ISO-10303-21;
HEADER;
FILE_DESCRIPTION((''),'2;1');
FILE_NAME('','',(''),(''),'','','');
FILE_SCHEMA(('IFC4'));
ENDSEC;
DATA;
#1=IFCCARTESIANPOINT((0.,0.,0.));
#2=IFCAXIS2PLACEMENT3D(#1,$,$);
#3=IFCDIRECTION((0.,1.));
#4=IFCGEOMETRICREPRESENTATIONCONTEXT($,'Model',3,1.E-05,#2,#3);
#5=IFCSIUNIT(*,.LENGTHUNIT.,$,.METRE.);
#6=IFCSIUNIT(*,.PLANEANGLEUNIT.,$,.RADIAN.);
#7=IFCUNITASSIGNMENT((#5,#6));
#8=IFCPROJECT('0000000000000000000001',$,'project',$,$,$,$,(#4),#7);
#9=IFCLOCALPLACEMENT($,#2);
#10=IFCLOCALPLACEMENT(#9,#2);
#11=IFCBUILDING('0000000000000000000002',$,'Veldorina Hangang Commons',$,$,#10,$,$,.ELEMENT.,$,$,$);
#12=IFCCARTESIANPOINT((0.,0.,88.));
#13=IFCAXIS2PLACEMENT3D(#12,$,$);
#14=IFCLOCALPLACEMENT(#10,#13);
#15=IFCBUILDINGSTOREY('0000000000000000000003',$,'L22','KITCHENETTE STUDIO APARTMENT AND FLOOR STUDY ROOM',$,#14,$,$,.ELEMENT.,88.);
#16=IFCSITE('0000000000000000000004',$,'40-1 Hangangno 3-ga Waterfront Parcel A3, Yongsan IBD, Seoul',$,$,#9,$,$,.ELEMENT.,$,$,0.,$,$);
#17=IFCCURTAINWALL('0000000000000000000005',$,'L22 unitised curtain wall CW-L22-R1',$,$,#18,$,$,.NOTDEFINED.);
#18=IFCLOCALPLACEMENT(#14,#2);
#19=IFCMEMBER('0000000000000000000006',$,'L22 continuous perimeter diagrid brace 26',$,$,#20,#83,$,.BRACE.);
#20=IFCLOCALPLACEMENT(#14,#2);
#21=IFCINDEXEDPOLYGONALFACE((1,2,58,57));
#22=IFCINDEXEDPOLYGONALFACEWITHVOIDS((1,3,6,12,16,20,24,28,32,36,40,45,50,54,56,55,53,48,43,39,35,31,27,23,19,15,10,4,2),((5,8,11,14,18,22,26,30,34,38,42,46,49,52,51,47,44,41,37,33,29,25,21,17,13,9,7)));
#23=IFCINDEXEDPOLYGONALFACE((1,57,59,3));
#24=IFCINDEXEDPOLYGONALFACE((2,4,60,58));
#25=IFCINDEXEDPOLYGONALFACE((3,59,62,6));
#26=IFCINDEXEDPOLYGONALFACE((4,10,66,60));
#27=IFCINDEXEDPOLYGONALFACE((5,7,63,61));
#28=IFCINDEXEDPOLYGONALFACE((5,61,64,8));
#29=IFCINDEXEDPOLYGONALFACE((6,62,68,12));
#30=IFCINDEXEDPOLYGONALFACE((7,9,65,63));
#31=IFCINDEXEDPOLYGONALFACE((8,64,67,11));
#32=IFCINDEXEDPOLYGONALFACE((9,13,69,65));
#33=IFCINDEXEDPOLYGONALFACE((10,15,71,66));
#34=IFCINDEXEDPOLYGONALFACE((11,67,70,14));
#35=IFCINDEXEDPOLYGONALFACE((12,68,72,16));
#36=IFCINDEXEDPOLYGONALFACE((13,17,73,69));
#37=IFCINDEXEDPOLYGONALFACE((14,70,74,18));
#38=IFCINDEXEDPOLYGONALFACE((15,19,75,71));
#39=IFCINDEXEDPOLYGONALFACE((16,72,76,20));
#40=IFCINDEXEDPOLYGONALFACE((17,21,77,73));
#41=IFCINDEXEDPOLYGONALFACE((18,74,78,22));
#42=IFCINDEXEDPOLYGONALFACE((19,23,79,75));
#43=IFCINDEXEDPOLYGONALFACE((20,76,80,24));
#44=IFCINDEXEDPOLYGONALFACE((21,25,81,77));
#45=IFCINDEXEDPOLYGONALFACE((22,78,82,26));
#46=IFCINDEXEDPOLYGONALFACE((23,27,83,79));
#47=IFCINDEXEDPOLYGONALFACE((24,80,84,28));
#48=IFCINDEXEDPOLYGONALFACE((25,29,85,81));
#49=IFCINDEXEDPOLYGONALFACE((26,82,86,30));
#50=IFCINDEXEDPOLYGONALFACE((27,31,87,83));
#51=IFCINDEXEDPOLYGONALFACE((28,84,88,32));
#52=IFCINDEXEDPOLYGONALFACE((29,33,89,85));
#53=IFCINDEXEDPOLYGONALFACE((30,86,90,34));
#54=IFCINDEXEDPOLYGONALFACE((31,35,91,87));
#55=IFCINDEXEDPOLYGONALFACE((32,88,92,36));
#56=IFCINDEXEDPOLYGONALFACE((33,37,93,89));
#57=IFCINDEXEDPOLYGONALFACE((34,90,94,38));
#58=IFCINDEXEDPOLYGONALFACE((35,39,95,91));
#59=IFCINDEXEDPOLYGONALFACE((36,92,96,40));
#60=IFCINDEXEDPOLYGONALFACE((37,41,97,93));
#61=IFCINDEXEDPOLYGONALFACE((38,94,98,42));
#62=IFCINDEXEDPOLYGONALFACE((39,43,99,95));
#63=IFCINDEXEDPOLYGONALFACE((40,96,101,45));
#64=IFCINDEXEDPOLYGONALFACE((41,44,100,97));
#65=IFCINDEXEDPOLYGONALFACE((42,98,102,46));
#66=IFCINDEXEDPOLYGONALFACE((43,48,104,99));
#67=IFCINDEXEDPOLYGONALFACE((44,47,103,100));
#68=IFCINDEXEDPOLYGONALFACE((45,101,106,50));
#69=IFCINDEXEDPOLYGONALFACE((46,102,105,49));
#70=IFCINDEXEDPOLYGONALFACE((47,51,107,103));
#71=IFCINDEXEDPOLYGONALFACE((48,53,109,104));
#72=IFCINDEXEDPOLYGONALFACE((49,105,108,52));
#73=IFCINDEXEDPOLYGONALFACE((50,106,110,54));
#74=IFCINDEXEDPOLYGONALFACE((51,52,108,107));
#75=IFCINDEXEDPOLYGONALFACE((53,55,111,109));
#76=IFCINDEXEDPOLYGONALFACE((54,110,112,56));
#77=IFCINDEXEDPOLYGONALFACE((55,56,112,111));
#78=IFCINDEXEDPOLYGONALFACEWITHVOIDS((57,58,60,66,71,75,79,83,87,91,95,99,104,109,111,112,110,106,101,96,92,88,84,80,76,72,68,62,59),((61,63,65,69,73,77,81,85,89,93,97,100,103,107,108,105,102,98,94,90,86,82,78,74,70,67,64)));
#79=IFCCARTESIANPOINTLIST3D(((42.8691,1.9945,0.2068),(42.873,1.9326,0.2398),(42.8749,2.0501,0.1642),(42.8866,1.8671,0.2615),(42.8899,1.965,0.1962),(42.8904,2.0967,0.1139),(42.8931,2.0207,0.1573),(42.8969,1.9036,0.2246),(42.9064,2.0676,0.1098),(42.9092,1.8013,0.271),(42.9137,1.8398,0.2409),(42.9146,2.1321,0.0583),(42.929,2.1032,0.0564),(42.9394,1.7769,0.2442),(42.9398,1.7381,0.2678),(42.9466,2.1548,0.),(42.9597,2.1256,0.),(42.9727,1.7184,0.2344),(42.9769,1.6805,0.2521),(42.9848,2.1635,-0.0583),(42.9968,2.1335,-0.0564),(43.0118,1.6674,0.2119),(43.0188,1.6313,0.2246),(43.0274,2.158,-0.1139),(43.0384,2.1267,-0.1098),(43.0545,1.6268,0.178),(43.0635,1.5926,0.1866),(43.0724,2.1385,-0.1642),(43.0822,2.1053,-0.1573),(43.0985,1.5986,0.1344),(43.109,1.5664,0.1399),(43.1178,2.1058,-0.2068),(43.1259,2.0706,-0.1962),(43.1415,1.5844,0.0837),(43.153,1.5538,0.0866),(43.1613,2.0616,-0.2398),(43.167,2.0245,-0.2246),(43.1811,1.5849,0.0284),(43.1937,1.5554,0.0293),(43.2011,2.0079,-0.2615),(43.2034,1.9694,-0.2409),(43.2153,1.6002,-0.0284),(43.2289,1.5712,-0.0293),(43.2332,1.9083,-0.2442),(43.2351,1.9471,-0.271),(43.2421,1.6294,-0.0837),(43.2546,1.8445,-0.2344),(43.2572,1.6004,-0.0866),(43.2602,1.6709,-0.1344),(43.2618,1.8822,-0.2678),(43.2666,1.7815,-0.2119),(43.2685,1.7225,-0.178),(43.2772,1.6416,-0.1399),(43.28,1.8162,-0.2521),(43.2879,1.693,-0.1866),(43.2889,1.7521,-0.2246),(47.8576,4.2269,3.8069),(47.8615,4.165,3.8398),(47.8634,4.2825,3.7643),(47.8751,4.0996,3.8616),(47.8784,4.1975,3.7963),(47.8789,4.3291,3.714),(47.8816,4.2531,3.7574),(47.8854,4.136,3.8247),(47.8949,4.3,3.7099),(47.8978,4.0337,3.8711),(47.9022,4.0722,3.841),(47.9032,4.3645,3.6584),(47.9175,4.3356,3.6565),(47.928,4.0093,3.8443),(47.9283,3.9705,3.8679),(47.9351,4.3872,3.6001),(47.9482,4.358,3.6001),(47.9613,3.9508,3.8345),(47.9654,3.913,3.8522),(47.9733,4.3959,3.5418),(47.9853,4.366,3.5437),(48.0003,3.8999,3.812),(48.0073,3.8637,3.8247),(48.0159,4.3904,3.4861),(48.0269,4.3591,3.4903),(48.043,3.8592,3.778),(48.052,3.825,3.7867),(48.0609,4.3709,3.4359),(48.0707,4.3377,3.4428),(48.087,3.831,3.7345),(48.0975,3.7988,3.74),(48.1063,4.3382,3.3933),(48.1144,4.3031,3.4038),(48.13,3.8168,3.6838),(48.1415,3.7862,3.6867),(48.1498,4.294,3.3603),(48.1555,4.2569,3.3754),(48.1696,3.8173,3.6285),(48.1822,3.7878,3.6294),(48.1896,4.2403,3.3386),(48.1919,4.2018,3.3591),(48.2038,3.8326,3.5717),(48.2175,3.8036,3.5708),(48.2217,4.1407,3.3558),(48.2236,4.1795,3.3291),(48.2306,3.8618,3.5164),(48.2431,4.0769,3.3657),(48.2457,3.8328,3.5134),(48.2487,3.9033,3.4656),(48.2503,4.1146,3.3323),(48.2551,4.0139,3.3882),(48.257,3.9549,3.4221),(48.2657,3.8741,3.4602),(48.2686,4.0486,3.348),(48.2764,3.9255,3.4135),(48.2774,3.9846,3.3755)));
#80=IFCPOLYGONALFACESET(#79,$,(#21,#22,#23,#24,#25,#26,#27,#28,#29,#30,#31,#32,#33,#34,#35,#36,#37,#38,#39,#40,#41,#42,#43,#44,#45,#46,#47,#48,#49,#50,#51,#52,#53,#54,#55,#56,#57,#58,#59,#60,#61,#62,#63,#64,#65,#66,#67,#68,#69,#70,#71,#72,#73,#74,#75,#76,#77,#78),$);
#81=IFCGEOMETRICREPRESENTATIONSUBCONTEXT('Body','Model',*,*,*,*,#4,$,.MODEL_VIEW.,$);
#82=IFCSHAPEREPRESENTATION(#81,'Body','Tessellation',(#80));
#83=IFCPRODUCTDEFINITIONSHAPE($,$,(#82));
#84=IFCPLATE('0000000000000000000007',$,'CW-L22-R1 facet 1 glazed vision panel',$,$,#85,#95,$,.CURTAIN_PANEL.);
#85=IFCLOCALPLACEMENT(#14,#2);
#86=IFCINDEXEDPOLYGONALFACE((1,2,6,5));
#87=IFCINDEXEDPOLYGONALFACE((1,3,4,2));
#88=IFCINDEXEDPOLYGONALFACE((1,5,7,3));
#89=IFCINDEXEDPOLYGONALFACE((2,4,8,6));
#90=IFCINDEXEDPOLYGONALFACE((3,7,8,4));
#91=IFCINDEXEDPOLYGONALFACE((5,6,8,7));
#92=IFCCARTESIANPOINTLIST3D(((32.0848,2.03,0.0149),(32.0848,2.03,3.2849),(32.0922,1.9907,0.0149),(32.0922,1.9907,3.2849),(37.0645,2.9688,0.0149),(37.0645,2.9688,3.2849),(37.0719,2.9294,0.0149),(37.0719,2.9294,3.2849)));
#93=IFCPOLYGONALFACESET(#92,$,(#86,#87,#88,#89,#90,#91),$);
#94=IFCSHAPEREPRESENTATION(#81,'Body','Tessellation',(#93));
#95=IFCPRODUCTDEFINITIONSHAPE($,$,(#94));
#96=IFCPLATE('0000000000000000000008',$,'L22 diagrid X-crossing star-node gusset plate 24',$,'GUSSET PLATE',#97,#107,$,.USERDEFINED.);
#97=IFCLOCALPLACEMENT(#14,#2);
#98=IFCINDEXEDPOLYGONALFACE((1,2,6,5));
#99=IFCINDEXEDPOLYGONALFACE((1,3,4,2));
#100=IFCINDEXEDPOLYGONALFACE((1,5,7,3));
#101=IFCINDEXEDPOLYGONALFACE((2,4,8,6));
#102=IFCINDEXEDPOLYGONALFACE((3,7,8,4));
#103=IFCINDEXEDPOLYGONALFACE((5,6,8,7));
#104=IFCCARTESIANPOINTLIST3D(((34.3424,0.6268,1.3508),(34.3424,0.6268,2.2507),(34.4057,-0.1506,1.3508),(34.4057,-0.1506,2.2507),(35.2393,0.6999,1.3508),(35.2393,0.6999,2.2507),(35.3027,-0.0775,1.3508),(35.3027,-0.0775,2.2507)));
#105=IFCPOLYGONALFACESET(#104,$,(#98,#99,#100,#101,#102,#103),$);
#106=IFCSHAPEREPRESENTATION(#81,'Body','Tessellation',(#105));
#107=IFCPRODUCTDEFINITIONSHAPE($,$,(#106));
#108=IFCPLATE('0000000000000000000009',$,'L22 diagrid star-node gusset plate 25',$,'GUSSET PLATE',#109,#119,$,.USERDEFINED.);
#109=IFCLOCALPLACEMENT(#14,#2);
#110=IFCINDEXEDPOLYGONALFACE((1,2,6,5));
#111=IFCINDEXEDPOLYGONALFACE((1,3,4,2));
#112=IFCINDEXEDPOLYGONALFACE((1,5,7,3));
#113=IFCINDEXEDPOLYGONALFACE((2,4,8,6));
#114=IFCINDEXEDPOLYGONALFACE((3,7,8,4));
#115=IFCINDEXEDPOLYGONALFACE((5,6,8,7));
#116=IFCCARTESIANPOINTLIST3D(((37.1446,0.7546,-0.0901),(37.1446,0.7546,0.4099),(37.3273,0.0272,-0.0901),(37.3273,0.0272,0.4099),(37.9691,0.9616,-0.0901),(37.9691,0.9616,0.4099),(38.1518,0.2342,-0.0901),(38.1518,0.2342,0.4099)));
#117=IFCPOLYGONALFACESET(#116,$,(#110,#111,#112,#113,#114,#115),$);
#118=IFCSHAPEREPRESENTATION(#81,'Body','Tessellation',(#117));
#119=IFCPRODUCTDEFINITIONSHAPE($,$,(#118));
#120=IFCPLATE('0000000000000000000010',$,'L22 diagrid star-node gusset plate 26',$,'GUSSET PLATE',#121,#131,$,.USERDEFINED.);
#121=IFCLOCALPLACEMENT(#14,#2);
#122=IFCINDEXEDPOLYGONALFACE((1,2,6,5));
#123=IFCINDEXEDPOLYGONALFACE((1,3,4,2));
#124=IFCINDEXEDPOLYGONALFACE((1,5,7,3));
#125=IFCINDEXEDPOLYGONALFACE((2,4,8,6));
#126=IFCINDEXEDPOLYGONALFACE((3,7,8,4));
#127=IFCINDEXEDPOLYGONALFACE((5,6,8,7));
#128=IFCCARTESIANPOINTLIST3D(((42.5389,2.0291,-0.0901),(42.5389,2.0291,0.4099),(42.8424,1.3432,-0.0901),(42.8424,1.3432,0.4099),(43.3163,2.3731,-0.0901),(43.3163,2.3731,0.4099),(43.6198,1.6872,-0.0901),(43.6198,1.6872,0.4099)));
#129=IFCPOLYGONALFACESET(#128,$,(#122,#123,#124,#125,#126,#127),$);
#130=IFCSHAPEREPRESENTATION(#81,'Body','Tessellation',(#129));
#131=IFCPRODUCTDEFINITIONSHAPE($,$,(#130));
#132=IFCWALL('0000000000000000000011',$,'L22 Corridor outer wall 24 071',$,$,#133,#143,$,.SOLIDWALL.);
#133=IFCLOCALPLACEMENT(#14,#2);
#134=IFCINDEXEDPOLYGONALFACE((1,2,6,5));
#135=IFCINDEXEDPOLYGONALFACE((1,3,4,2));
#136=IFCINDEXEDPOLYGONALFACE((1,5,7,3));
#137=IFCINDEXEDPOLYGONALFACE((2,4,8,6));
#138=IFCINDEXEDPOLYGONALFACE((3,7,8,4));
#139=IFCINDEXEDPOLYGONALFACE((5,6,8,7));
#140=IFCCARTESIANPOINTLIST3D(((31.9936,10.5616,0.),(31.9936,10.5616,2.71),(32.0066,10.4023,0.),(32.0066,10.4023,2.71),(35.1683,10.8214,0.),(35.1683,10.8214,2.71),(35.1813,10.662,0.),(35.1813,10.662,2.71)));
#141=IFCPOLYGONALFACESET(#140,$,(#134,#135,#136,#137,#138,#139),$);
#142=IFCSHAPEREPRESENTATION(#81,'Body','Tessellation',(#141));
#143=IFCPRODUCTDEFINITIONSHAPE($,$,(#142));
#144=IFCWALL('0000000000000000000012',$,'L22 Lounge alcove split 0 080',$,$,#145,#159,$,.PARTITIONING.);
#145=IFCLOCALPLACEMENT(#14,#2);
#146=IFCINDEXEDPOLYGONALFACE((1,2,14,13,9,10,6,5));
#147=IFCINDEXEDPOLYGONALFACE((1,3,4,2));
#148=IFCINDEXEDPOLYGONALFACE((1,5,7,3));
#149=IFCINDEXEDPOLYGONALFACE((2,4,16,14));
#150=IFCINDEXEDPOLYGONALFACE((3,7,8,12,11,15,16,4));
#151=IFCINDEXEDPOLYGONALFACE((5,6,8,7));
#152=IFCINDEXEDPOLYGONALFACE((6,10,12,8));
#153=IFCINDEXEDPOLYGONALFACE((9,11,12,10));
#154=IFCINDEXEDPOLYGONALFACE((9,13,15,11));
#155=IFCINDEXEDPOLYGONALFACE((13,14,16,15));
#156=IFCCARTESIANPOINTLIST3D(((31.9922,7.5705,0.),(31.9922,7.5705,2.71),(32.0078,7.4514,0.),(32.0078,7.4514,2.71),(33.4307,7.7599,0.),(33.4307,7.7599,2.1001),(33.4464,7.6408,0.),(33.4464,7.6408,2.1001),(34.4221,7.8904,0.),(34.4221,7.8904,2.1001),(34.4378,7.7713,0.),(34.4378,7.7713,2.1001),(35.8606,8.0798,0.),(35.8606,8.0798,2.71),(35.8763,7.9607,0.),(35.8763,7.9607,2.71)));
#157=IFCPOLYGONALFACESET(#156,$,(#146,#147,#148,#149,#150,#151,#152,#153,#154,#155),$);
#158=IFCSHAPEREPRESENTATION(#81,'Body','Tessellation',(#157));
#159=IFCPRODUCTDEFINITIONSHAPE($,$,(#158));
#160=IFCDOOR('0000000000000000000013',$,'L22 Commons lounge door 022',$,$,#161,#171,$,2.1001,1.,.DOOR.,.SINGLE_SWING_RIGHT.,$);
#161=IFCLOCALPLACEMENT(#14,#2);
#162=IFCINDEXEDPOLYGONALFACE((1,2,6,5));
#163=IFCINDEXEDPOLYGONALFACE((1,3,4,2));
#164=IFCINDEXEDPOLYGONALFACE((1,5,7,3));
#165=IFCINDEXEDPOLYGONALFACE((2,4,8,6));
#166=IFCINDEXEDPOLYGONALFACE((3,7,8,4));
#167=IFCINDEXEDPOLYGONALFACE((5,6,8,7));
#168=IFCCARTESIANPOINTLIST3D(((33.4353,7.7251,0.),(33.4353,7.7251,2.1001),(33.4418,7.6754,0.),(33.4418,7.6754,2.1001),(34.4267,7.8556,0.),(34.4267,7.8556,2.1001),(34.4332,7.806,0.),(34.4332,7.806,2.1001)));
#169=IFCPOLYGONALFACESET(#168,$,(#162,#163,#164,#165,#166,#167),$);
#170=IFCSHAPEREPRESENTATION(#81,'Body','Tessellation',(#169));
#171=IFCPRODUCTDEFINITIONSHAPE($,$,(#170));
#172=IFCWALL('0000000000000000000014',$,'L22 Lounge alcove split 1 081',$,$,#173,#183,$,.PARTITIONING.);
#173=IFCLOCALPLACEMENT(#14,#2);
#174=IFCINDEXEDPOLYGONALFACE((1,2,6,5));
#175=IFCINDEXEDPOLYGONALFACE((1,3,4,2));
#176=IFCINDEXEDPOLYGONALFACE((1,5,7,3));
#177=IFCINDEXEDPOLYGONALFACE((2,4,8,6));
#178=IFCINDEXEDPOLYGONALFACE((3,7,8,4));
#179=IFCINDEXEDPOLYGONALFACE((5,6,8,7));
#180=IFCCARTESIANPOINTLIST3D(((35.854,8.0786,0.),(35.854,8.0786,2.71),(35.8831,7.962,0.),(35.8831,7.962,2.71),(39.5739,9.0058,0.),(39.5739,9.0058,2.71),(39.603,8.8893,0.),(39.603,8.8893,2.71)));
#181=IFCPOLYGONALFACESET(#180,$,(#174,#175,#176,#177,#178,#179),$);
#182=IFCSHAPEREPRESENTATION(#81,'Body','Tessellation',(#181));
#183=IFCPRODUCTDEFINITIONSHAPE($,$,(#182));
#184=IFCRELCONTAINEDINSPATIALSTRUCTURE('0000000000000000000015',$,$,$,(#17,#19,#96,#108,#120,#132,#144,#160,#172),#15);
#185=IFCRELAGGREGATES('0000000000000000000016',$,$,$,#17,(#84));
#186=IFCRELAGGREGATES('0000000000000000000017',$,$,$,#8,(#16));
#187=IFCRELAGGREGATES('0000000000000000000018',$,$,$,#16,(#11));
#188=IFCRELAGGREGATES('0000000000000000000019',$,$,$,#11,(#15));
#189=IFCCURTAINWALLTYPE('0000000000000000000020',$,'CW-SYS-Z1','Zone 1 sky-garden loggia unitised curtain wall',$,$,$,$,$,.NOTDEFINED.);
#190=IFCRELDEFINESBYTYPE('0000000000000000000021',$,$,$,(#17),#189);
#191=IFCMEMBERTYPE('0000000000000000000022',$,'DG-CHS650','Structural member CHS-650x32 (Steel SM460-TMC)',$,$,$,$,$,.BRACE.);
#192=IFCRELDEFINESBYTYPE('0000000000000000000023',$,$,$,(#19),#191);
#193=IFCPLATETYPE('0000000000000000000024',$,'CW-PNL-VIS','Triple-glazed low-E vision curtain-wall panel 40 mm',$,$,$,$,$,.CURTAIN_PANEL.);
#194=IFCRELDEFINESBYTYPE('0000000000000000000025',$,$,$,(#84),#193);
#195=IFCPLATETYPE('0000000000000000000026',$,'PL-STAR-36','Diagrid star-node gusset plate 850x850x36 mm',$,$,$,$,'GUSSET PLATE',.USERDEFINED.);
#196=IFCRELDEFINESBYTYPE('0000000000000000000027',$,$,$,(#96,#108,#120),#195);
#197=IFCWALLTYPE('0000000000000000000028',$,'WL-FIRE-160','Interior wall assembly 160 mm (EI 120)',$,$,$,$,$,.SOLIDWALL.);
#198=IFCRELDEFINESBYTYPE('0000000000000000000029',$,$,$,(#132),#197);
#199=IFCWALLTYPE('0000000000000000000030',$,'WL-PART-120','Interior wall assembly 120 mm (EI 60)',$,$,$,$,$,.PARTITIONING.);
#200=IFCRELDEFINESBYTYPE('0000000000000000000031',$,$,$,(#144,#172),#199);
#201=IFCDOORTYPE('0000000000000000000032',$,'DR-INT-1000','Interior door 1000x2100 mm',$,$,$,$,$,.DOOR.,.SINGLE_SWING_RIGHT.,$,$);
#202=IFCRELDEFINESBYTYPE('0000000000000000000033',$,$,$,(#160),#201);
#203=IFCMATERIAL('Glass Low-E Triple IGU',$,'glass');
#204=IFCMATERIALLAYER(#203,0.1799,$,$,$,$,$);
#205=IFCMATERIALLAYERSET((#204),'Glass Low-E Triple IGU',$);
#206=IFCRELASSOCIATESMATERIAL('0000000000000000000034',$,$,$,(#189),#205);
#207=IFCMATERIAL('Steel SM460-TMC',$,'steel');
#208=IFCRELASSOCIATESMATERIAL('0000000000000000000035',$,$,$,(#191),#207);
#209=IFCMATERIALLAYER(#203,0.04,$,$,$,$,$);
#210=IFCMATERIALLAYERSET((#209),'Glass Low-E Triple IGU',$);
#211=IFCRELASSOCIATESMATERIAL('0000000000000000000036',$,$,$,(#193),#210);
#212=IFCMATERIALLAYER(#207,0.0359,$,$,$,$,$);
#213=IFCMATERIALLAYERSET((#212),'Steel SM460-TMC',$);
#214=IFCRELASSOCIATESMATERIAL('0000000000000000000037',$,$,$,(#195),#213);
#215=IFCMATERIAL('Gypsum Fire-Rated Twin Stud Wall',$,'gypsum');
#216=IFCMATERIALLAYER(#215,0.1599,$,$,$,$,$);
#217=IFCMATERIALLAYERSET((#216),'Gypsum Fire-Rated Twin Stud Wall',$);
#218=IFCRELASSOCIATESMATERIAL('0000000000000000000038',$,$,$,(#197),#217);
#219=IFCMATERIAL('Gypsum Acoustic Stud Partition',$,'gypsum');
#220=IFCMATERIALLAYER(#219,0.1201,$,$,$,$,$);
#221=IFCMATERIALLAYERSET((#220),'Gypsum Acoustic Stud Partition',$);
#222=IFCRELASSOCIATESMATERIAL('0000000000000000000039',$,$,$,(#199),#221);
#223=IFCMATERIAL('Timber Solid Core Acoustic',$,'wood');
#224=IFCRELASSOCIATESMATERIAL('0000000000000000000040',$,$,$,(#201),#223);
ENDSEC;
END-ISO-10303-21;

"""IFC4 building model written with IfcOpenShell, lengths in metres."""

from ifc_helpers import new_model, si_unit, direction, frame, frame_2d, origin, origin_2d, place, context, subcontext, project, spatial, rectangle, hollow_circle, extrude, material, layer, layer_set, material_profile, profile_set, type_object, element, fill, aggregate, save


model = new_model("IFC4")

# Units and contexts
model_context = context("Model", 3, precision=1e-05, world=origin(), true_north=direction((0.0, 1.0)))
body_context = subcontext(model_context, "Body", "Model", "MODEL_VIEW")
ifc_project = project(units=[si_unit("LENGTHUNIT", "METRE"), si_unit("PLANEANGLEUNIT", "RADIAN")], contexts=[model_context])

# Site, building, storey
site_placement = place(None, origin())
site = spatial("IfcSite", under=ifc_project, at=site_placement, Name="40-1 Hangangno 3-ga Waterfront Parcel A3, Yongsan IBD, Seoul", CompositionType="ELEMENT", RefElevation=0.0)
building_placement = place(site_placement, origin())
building = spatial("IfcBuilding", under=site, at=building_placement, Name="Veldorina Hangang Commons", CompositionType="ELEMENT")
storey_placement = place(building_placement, frame((0.0, 0.0, 88.0)))
storey = spatial("IfcBuildingStorey", under=building, at=storey_placement, Name="L22", Description="KITCHENETTE STUDIO APARTMENT AND FLOOR STUDY ROOM", CompositionType="ELEMENT", Elevation=88.0)

# Curtain wall
ifc_material_1 = material(Name="Glass Low-E Triple IGU", Category="glass")
ifc_layer_1 = layer(ifc_material_1, 0.1799)
ifc_layer_set_1 = layer_set([ifc_layer_1], Name="Glass Low-E Triple IGU")
curtain_wall_type = type_object("IfcCurtainWallType", Name="CW-SYS-Z1", Description="Zone 1 sky-garden loggia unitised curtain wall", PredefinedType="NOTDEFINED", material=ifc_layer_set_1)
curtain_wall_1_placement = place(storey_placement, origin())
curtain_wall_1 = element("IfcCurtainWall", 1, at=curtain_wall_1_placement, inside=storey, type_object=curtain_wall_type, Name="L22 unitised curtain wall CW-L22-R1", PredefinedType="NOTDEFINED")

# Member
ifc_material_2 = material(Name="Steel SM460-TMC", Category="steel")
ifc_material_profile_1 = material_profile(ifc_material_2, hollow_circle(Radius=0.325, WallThickness=0.032, at=origin_2d()), Name="CHS-650x32")
ifc_profile_set_1 = profile_set([ifc_material_profile_1], Name="Steel SM460-TMC")
member_type_1 = type_object("IfcMemberType", Name="DG-CHS650", Description="Structural member CHS-650x32 (Steel SM460-TMC)", PredefinedType="BRACE", material=ifc_profile_set_1)
member_1_placement = place(storey_placement, frame((43.0793, 1.8582, 0.0), z_axis=(0.762253, 0.341117, 0.5501), x_axis=(-0.408475, 0.91277, 0.0)))
element("IfcMember", 2, at=member_1_placement, inside=storey, type_object=member_type_1, Name="L22 continuous perimeter diagrid brace 26", PredefinedType="BRACE", context=body_context, shape_type="SweptSolid", body=[
    extrude(hollow_circle(Radius=0.325, WallThickness=0.032, at=origin_2d()), origin(), (0.0, 0.0, 1.0), 6.5444),
])

# Plate
ifc_layer_2 = layer(ifc_material_1, 0.04)
ifc_layer_set_2 = layer_set([ifc_layer_2], Name="Glass Low-E Triple IGU")
plate_type_1 = type_object("IfcPlateType", Name="CW-PNL-VIS", Description="Triple-glazed low-E vision curtain-wall panel 40 mm", PredefinedType="CURTAIN_PANEL", material=ifc_layer_set_2)
plate_1_placement = place(storey_placement, frame((34.5784, 2.4797, 0.0149), z_axis=(0.0, 0.0, 1.0), x_axis=(0.98269, 0.185255, 0.0)))
plate_1 = element("IfcPlate", 3, at=plate_1_placement, type_object=plate_type_1, Name="CW-L22-R1 facet 1 glazed vision panel", PredefinedType="CURTAIN_PANEL", context=body_context, shape_type="SweptSolid", body=[
    extrude(rectangle(XDim=5.0674, YDim=0.04, at=origin_2d()), origin(), (0.0, 0.0, 1.0), 3.27),
])
aggregate(curtain_wall_1, [plate_1])

# Plates
ifc_layer_3 = layer(ifc_material_2, 0.0359)
ifc_layer_set_3 = layer_set([ifc_layer_3], Name="Steel SM460-TMC")
plate_type_2 = type_object("IfcPlateType", Name="PL-STAR-36", Description="Diagrid star-node gusset plate 850x850x36 mm", ElementType="GUSSET PLATE", PredefinedType="USERDEFINED", material=ifc_layer_set_3)
plate_2_placement = place(storey_placement, frame((34.8225, 0.2747, 1.3508), z_axis=(0.0, 0.0, 1.0), x_axis=(0.996693, 0.08126, 0.0)))
element("IfcPlate", 4, at=plate_2_placement, inside=storey, type_object=plate_type_2, Name="L22 diagrid X-crossing star-node gusset plate 24", ObjectType="GUSSET PLATE", PredefinedType="USERDEFINED", context=body_context, shape_type="SweptSolid", body=[
    extrude(rectangle(XDim=0.8999, YDim=0.78, at=origin_2d()), origin(), (0.0, 0.0, 1.0), 0.8999),
])
for number, where, z_axis, x_axis, name in (
    (5, (37.6482, 0.4944, -0.0901), (0.0, 0.0, 1.0), (0.969889, 0.243547, 0.0), "L22 diagrid star-node gusset plate 25"),
    (6, (43.0793, 1.8582, -0.0901), (0.0, 0.0, 1.0), (0.91448, 0.404631, 0.0), "L22 diagrid star-node gusset plate 26"),
):
    element("IfcPlate", number, at=place(storey_placement, frame(where, z_axis=z_axis, x_axis=x_axis)), inside=storey, type_object=plate_type_2, Name=name, ObjectType="GUSSET PLATE", PredefinedType="USERDEFINED", context=body_context, shape_type="SweptSolid", body=[
        extrude(rectangle(XDim=0.8501, YDim=0.75, at=origin_2d()), origin(), (0.0, 0.0, 1.0), 0.5),
    ])

# Wall
ifc_material_3 = material(Name="Gypsum Fire-Rated Twin Stud Wall", Category="gypsum")
ifc_layer_4 = layer(ifc_material_3, 0.1599)
ifc_layer_set_4 = layer_set([ifc_layer_4], Name="Gypsum Fire-Rated Twin Stud Wall")
wall_type_1 = type_object("IfcWallType", Name="WL-FIRE-160", Description="Interior wall assembly 160 mm (EI 120)", PredefinedType="SOLIDWALL", material=ifc_layer_set_4)
wall_1_placement = place(storey_placement, frame((32.0, 10.4819, 0.0), z_axis=(0.0, 0.0, 1.0), x_axis=(0.996669, 0.081548, 0.0)))
element("IfcWall", 7, at=wall_1_placement, inside=storey, type_object=wall_type_1, Name="L22 Corridor outer wall 24 071", PredefinedType="SOLIDWALL", context=body_context, shape_type="SweptSolid", body=[
    extrude(rectangle(XDim=3.1853, YDim=0.1599, at=frame_2d((1.5928, 0.0))), origin(), (0.0, 0.0, 1.0), 2.71),
])

# Wall, opening, door
ifc_material_4 = material(Name="Gypsum Acoustic Stud Partition", Category="gypsum")
ifc_layer_5 = layer(ifc_material_4, 0.1201)
ifc_layer_set_5 = layer_set([ifc_layer_5], Name="Gypsum Acoustic Stud Partition")
wall_type_2 = type_object("IfcWallType", Name="WL-PART-120", Description="Interior wall assembly 120 mm (EI 60)", PredefinedType="PARTITIONING", material=ifc_layer_set_5)
wall_2_placement = place(storey_placement, frame((32.0, 7.511, 0.0), z_axis=(0.0, 0.0, 1.0), x_axis=(0.991445, 0.130524, 0.0)))
wall_2 = element("IfcWall", 8, at=wall_2_placement, inside=storey, type_object=wall_type_2, Name="L22 Lounge alcove split 0 080", PredefinedType="PARTITIONING", context=body_context, shape_type="SweptSolid", body=[
    extrude(rectangle(XDim=3.9019, YDim=0.1201, at=frame_2d((1.9509, 0.0))), origin(), (0.0, 0.0, 1.0), 2.71),
])
opening_1_placement = place(wall_2_placement, frame((1.4509, 0.0, 0.0)))
opening_1 = element("IfcOpeningElement", 9, at=opening_1_placement, cuts=wall_2, PredefinedType="OPENING", context=body_context, shape_type="SweptSolid", body=[
    extrude(rectangle(XDim=1.0, YDim=2.1001, at=frame_2d((0.5, 1.05))), frame((0.0, 0.0701, 0.0), z_axis=(0.0, -1.0, 0.0), x_axis=(1.0, 0.0, 0.0)), (0.0, 0.0, 1.0), 0.1401),
])
ifc_material_5 = material(Name="Timber Solid Core Acoustic", Category="wood")
door_type_1 = type_object("IfcDoorType", Name="DR-INT-1000", Description="Interior door 1000x2100 mm", OperationType="SINGLE_SWING_RIGHT", PredefinedType="DOOR", material=ifc_material_5)
door_1_placement = place(opening_1_placement, origin())
door_1 = element("IfcDoor", 10, at=door_1_placement, inside=storey, type_object=door_type_1, Name="L22 Commons lounge door 022", OperationType="SINGLE_SWING_RIGHT", OverallHeight=2.1001, OverallWidth=1.0, PredefinedType="DOOR", context=body_context, shape_type="SweptSolid", body=[
    extrude(rectangle(XDim=1.0, YDim=2.1001, at=frame_2d((0.5, 1.05))), frame((0.0, 0.0249, 0.0), z_axis=(0.0, -1.0, 0.0), x_axis=(1.0, 0.0, 0.0)), (0.0, 0.0, 1.0), 0.05),
])
fill(opening_1, door_1)

# Wall
wall_3_placement = place(storey_placement, frame((35.8684, 8.0203, 0.0), z_axis=(0.0, 0.0, 1.0), x_axis=(0.970311, 0.241861, 0.0)))
element("IfcWall", 11, at=wall_3_placement, inside=storey, type_object=wall_type_2, Name="L22 Lounge alcove split 1 081", PredefinedType="PARTITIONING", context=body_context, shape_type="SweptSolid", body=[
    extrude(rectangle(XDim=3.8337, YDim=0.1201, at=frame_2d((1.917, 0.0))), origin(), (0.0, 0.0, 1.0), 2.71),
])

save(model, "model.ifc")
